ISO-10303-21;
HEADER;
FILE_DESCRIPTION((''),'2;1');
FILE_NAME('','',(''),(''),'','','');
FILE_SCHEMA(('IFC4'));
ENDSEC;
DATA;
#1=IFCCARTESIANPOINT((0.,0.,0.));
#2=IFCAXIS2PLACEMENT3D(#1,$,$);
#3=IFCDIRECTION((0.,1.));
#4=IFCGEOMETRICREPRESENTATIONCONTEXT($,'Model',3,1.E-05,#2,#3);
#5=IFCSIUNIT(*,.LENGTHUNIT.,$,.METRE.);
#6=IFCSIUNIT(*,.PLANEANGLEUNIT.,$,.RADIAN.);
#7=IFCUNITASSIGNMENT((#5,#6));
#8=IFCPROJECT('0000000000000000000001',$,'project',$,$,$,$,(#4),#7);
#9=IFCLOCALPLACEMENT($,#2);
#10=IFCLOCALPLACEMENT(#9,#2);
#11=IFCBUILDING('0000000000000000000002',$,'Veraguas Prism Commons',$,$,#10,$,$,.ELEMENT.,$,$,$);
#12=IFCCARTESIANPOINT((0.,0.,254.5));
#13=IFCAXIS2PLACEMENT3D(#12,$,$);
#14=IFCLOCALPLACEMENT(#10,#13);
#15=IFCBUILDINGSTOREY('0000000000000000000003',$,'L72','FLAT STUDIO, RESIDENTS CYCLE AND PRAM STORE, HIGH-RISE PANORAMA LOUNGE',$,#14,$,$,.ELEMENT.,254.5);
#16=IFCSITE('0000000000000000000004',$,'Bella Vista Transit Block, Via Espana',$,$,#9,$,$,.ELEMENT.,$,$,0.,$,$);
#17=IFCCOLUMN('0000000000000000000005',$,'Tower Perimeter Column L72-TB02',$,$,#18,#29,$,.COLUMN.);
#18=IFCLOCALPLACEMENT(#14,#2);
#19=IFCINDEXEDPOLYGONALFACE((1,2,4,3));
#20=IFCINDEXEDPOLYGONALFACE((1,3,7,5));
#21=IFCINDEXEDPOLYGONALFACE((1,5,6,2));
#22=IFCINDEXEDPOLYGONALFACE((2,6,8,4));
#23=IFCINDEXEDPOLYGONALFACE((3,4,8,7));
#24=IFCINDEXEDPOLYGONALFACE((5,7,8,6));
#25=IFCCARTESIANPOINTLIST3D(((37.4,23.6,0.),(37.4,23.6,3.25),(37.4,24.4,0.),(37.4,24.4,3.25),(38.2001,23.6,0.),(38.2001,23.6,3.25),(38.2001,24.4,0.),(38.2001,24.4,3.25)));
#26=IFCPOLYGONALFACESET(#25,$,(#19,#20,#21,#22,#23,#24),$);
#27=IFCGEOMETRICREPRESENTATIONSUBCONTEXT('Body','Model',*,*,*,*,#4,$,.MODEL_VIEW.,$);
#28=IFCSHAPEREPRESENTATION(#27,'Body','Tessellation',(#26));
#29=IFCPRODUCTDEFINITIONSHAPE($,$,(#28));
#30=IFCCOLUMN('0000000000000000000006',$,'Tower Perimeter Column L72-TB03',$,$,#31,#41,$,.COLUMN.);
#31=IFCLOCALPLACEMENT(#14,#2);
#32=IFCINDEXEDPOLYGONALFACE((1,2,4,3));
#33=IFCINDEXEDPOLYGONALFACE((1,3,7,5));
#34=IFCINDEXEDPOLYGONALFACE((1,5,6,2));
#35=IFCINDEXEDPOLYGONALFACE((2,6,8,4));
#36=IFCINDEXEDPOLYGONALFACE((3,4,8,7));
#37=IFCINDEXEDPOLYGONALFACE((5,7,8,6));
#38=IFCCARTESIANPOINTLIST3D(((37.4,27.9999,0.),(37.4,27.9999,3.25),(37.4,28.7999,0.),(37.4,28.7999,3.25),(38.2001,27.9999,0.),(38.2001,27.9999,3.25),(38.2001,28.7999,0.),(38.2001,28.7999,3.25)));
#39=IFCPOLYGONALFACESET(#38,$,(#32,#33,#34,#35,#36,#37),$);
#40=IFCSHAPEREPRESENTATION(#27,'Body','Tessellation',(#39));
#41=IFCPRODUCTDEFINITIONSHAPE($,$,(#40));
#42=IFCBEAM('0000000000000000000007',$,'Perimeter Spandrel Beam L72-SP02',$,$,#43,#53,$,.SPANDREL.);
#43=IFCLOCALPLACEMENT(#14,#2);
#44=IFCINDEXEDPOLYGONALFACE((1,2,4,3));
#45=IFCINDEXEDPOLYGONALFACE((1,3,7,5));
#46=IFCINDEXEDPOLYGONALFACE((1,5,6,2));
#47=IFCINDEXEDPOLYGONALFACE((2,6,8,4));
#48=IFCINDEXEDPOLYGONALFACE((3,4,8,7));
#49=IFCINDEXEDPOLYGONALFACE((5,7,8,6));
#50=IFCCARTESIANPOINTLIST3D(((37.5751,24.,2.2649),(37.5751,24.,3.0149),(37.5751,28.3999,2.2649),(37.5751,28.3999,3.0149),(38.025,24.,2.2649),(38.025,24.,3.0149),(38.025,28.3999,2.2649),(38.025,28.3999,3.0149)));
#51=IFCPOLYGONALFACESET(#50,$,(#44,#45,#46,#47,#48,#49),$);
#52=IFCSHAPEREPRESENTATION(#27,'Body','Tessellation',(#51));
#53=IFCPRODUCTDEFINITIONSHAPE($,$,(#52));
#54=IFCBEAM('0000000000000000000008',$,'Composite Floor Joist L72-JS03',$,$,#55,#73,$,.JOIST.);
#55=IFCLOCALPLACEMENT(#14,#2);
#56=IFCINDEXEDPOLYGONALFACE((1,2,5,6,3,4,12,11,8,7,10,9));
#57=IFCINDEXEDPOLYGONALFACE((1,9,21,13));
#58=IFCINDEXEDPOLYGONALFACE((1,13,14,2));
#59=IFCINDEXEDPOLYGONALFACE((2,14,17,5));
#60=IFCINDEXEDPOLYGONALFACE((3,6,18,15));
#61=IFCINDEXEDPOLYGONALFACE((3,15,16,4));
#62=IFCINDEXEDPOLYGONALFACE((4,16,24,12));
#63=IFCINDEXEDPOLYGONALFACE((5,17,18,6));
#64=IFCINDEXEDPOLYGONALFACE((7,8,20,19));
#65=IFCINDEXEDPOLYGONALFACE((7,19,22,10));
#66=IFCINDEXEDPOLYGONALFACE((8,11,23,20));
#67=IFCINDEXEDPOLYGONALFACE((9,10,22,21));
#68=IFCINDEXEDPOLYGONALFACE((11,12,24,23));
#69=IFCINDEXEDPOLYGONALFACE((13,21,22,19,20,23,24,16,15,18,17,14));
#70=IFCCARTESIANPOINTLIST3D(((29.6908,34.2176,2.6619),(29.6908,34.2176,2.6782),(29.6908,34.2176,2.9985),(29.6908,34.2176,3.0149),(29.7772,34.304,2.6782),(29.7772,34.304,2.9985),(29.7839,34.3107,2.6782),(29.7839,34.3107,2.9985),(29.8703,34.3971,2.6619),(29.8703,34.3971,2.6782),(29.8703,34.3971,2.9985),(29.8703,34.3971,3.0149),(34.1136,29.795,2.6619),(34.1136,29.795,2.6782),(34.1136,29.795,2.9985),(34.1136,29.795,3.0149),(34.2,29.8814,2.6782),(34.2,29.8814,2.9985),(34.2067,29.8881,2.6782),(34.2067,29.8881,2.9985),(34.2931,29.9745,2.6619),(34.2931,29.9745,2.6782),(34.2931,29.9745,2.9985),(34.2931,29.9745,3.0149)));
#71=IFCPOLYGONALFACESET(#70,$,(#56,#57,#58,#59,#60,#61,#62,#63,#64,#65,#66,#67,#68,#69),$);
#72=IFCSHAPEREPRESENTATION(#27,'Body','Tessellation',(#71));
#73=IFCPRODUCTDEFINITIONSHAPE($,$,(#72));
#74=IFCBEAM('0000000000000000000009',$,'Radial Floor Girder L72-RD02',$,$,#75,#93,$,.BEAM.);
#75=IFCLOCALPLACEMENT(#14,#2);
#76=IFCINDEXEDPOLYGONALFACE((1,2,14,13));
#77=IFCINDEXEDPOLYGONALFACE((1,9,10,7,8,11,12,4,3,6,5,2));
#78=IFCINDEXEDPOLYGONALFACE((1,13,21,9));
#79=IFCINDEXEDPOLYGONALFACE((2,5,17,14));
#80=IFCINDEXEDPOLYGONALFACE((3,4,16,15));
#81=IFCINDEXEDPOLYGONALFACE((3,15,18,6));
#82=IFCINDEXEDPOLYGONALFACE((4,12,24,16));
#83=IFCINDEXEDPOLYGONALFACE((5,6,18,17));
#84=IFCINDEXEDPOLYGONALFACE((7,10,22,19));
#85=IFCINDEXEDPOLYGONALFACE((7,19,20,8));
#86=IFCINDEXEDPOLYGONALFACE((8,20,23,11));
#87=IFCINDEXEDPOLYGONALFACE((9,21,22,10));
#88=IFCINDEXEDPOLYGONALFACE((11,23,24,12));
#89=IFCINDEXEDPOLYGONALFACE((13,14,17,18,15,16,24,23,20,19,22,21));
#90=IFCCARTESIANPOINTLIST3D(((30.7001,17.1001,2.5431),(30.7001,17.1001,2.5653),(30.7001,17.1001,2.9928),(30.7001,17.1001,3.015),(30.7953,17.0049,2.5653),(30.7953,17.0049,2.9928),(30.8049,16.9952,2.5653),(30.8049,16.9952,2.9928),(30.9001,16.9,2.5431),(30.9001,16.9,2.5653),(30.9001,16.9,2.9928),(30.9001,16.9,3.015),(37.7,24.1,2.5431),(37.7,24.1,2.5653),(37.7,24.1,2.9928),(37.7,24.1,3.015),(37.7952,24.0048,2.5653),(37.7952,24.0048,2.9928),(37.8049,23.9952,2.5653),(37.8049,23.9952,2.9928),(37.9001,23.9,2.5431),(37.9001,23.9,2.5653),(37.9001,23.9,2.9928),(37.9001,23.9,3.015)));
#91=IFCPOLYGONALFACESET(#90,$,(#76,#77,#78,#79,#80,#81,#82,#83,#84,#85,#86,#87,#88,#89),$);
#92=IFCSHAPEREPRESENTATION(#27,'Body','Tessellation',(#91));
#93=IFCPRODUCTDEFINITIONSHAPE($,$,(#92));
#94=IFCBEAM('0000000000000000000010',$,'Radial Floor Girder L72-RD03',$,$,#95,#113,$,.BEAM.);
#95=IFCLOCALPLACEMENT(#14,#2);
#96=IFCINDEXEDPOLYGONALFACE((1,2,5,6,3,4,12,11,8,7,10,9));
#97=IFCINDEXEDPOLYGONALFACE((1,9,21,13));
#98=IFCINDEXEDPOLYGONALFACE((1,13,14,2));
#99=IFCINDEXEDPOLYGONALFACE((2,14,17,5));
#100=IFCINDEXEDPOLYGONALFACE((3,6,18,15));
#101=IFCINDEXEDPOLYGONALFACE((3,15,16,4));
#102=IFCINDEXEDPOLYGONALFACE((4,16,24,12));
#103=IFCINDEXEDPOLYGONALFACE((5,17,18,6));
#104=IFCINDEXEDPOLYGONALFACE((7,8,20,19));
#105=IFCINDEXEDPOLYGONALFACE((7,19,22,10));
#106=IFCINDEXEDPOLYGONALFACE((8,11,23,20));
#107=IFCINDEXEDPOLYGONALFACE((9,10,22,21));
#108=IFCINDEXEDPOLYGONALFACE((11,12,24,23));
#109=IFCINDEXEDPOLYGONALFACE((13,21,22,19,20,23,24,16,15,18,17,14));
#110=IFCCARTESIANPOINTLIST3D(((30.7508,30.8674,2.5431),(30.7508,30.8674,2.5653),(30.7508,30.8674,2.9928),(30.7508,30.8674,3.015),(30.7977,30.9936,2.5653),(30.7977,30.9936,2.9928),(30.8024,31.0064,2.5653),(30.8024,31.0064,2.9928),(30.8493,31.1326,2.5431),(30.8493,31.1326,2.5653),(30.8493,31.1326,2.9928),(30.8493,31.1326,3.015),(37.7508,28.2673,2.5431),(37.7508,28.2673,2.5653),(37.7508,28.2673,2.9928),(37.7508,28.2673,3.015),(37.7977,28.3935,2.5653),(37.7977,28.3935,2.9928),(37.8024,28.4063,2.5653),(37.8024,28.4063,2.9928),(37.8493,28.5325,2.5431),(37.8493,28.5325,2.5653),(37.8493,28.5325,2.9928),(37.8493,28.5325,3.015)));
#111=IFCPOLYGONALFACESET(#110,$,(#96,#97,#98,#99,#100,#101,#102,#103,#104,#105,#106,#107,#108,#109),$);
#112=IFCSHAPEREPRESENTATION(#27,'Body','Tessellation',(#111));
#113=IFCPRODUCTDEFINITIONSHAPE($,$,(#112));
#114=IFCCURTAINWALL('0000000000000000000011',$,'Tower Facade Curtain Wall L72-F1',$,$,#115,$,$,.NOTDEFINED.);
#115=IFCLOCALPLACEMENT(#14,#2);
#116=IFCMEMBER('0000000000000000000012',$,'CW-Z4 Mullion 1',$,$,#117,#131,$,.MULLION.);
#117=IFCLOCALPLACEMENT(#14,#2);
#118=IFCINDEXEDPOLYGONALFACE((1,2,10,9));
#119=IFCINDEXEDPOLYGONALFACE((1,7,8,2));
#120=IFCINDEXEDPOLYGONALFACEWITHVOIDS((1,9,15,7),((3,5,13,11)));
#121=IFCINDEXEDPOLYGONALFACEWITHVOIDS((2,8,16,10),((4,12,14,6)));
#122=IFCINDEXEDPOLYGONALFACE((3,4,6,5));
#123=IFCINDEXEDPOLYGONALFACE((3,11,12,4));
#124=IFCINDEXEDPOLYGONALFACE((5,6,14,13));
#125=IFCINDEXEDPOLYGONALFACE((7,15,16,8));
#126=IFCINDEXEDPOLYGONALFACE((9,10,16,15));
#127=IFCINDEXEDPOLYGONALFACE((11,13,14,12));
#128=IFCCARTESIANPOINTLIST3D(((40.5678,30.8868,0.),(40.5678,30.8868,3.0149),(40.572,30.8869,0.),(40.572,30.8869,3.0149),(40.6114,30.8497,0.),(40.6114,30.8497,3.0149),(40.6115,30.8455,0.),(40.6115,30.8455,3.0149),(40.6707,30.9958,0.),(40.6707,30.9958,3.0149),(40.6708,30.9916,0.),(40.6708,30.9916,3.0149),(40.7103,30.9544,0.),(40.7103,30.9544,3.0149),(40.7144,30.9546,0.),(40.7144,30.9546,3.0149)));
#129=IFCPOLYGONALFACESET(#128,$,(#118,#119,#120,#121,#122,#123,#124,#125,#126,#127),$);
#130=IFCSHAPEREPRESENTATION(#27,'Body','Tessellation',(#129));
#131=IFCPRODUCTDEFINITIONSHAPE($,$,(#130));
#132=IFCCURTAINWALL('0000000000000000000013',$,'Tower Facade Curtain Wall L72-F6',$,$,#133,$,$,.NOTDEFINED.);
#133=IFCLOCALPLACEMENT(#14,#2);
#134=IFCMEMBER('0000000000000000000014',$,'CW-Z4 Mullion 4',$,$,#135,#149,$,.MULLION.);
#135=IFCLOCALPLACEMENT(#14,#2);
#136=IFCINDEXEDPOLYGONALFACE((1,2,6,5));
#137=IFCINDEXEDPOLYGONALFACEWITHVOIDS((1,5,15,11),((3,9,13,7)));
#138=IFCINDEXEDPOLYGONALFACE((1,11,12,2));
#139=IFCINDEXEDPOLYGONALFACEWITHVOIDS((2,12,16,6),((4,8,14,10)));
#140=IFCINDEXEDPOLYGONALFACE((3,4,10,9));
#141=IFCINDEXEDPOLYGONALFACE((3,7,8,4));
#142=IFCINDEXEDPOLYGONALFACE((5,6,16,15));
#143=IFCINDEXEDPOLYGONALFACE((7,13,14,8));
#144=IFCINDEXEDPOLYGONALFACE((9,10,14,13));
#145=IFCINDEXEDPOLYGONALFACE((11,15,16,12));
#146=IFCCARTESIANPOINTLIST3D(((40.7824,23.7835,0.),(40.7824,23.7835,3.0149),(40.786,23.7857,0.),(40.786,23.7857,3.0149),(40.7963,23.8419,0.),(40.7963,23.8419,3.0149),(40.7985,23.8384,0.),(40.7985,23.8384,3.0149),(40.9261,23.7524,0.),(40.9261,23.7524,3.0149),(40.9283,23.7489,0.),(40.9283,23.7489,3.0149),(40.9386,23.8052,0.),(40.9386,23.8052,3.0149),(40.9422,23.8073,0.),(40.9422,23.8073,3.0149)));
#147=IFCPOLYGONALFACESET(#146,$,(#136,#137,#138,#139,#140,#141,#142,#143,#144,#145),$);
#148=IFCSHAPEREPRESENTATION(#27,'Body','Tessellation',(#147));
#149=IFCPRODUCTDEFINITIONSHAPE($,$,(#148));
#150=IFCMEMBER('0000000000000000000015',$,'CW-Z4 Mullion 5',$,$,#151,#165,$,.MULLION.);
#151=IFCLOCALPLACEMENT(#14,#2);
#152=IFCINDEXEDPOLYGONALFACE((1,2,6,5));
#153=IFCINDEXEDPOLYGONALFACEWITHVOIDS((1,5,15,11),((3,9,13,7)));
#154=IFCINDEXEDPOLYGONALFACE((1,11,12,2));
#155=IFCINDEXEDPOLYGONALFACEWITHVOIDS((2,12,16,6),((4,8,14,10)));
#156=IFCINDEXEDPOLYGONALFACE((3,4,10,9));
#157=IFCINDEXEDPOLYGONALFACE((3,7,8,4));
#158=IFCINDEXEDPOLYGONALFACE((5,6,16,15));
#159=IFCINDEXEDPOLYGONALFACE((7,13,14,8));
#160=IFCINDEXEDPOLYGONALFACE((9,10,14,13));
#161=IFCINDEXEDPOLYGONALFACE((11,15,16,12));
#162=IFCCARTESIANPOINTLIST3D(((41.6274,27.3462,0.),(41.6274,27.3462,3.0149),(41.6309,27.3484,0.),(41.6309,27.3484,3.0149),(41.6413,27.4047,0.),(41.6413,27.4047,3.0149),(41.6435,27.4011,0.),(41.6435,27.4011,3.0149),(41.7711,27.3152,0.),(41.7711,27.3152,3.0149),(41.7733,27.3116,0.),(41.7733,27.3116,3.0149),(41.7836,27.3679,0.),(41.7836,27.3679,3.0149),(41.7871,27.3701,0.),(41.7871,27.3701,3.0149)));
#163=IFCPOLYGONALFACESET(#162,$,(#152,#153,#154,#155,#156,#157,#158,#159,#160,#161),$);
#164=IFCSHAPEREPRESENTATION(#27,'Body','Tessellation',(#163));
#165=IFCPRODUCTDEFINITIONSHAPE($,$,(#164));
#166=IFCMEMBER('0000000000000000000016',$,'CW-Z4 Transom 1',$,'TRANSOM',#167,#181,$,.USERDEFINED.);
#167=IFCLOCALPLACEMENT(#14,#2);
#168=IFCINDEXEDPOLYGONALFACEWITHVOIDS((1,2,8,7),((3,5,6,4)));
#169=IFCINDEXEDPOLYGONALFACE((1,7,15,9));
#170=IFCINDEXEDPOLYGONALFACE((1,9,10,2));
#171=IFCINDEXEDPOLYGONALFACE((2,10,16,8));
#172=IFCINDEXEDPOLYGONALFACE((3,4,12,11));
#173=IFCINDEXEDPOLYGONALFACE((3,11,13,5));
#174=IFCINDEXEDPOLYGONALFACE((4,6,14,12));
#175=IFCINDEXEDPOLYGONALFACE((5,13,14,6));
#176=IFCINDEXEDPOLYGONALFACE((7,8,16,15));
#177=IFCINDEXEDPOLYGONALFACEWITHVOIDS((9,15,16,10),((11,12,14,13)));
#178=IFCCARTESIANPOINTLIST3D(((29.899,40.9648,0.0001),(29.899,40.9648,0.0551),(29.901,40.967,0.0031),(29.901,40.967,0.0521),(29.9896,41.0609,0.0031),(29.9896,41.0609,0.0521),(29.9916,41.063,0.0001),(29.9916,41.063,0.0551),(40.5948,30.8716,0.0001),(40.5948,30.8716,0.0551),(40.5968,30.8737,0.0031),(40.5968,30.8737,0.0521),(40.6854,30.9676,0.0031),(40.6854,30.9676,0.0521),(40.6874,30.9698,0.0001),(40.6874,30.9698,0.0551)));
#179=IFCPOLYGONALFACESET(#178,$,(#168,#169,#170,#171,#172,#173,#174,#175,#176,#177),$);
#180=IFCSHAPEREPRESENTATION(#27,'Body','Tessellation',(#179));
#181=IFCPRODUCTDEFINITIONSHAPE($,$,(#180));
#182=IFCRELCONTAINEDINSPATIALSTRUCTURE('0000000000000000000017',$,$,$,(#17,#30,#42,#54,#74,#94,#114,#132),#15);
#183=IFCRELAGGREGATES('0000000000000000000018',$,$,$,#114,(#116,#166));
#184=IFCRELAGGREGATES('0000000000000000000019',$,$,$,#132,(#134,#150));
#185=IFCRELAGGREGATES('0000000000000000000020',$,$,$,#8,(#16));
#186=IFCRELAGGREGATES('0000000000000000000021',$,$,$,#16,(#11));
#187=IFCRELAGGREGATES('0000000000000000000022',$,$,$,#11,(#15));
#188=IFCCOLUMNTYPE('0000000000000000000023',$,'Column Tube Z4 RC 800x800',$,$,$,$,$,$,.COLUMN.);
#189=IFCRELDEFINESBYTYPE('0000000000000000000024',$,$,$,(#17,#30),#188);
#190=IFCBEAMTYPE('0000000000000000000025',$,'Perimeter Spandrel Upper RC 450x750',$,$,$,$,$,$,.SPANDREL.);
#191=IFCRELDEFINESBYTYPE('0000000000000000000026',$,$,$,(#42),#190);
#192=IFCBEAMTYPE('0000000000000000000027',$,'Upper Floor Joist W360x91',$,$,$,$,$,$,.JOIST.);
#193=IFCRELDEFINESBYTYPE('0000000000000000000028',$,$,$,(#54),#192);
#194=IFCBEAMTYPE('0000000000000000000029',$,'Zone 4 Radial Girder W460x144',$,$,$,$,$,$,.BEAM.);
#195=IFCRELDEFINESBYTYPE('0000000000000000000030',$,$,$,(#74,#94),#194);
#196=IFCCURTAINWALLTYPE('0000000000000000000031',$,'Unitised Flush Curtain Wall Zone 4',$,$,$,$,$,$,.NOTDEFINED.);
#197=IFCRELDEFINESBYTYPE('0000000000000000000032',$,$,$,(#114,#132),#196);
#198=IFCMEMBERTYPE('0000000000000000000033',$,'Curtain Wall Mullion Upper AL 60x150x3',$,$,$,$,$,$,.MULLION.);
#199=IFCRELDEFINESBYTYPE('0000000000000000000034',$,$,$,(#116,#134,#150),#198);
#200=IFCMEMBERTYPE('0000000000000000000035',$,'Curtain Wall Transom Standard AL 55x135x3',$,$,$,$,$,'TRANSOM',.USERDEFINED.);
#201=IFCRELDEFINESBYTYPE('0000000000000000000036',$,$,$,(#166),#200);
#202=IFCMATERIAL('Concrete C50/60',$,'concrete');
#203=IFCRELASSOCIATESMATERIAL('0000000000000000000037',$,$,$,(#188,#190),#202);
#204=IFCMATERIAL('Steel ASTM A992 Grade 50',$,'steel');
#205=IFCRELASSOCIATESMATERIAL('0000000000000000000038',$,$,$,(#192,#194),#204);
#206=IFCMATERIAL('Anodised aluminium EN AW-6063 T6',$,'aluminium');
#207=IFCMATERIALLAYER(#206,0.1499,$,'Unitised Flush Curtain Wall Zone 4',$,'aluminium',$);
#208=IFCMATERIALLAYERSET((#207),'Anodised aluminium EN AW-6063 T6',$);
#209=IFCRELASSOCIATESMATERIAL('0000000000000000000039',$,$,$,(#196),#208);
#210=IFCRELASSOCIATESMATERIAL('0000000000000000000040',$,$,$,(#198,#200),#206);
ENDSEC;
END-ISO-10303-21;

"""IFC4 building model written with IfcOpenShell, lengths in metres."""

from ifc_helpers import new_model, si_unit, direction, frame, origin, origin_2d, place, context, subcontext, project, spatial, rectangle, hollow_rectangle, i_section, extrude, source, transform, mapped, material, layer, layer_set, material_profile, profile_set, type_object, element, aggregate, save


model = new_model("IFC4")

# Units and contexts
model_context = context("Model", 3, precision=1e-05, world=origin(), true_north=direction((0.0, 1.0)))
body_context = subcontext(model_context, "Body", "Model", "MODEL_VIEW")
ifc_project = project(units=[si_unit("LENGTHUNIT", "METRE"), si_unit("PLANEANGLEUNIT", "RADIAN")], contexts=[model_context])

# Site, building, storey
site_placement = place(None, origin())
site = spatial("IfcSite", under=ifc_project, at=site_placement, Name="Bella Vista Transit Block, Via Espana", CompositionType="ELEMENT", RefElevation=0.0)
building_placement = place(site_placement, origin())
building = spatial("IfcBuilding", under=site, at=building_placement, Name="Veraguas Prism Commons", CompositionType="ELEMENT")
storey_placement = place(building_placement, frame((0.0, 0.0, 254.5)))
storey = spatial("IfcBuildingStorey", under=building, at=storey_placement, Name="L72", Description="FLAT STUDIO, RESIDENTS CYCLE AND PRAM STORE, HIGH-RISE PANORAMA LOUNGE", CompositionType="ELEMENT", Elevation=254.5)

# Columns
ifc_material_1 = material(Name="Concrete C50/60", Category="concrete")
ifc_material_profile_1 = material_profile(ifc_material_1, rectangle(XDim=0.8, YDim=0.8, at=origin_2d()), Name="RC800X800")
ifc_profile_set_1 = profile_set([ifc_material_profile_1], Name="Concrete C50/60")
column_type = type_object("IfcColumnType", Name="Column Tube Z4 RC 800x800", PredefinedType="COLUMN", material=ifc_profile_set_1)
for number, where, z_axis, x_axis, name in (
    (1, (37.8, 24.0, 0.0), (0.0, 0.0, 1.0), (1.0, 0.0, 0.0), "Tower Perimeter Column L72-TB02"),
    (2, (37.8, 28.3999, 0.0), (0.0, 0.0, 1.0), (1.0, 0.0, 0.0), "Tower Perimeter Column L72-TB03"),
):
    element("IfcColumn", number, at=place(storey_placement, frame(where, z_axis=z_axis, x_axis=x_axis)), inside=storey, type_object=column_type, Name=name, PredefinedType="COLUMN", context=body_context, shape_type="SweptSolid", body=[
        extrude(rectangle(XDim=0.8, YDim=0.8, at=origin_2d()), origin(), (0.0, 0.0, 1.0), 3.25),
    ])

# Beams
ifc_material_profile_2 = material_profile(ifc_material_1, rectangle(XDim=0.45, YDim=0.75, at=origin_2d()), Name="RC450X750")
ifc_profile_set_2 = profile_set([ifc_material_profile_2], Name="Concrete C50/60")
beam_type_1 = type_object("IfcBeamType", Name="Perimeter Spandrel Upper RC 450x750", PredefinedType="SPANDREL", material=ifc_profile_set_2)
beam_1_placement = place(storey_placement, frame((37.8, 24.0, 2.6399), z_axis=(0.0, 1.0, 0.0), x_axis=(-1.0, 0.0, 0.0)))
element("IfcBeam", 3, at=beam_1_placement, inside=storey, type_object=beam_type_1, Name="Perimeter Spandrel Beam L72-SP02", PredefinedType="SPANDREL", context=body_context, shape_type="SweptSolid", body=[
    extrude(rectangle(XDim=0.45, YDim=0.75, at=origin_2d()), origin(), (0.0, 0.0, 1.0), 4.3999),
])
ifc_material_2 = material(Name="Steel ASTM A992 Grade 50", Category="steel")
ifc_material_profile_3 = material_profile(ifc_material_2, i_section(OverallWidth=0.2539, OverallDepth=0.353, WebThickness=0.0095, FlangeThickness=0.0164, at=origin_2d()), Name="W360X91")
ifc_profile_set_3 = profile_set([ifc_material_profile_3], Name="Steel ASTM A992 Grade 50")
beam_type_2 = type_object("IfcBeamType", Name="Upper Floor Joist W360x91", PredefinedType="JOIST", material=ifc_profile_set_3)
beam_2_placement = place(storey_placement, frame((34.2034, 29.8848, 2.8384), z_axis=(-0.707126, 0.707087, 0.0), x_axis=(-0.707087, -0.707126, 0.0)))
element("IfcBeam", 4, at=beam_2_placement, inside=storey, type_object=beam_type_2, Name="Composite Floor Joist L72-JS03", PredefinedType="JOIST", context=body_context, shape_type="SweptSolid", body=[
    extrude(i_section(OverallWidth=0.2539, OverallDepth=0.353, WebThickness=0.0095, FlangeThickness=0.0164, at=origin_2d()), origin(), (0.0, 0.0, 1.0), 6.2546),
])
ifc_material_profile_4 = material_profile(ifc_material_2, i_section(OverallWidth=0.283, OverallDepth=0.4719, WebThickness=0.0137, FlangeThickness=0.0222, at=origin_2d()), Name="W460X144")
ifc_profile_set_4 = profile_set([ifc_material_profile_4], Name="Steel ASTM A992 Grade 50")
beam_type_3 = type_object("IfcBeamType", Name="Zone 4 Radial Girder W460x144", PredefinedType="BEAM", material=ifc_profile_set_4)
beam_3_placement = place(storey_placement, frame((37.8, 24.0, 2.7791), z_axis=(-0.707107, -0.707107, 0.0), x_axis=(0.707107, -0.707107, 0.0)))
element("IfcBeam", 5, at=beam_3_placement, inside=storey, type_object=beam_type_3, Name="Radial Floor Girder L72-RD02", PredefinedType="BEAM", context=body_context, shape_type="SweptSolid", body=[
    extrude(i_section(OverallWidth=0.283, OverallDepth=0.4719, WebThickness=0.0137, FlangeThickness=0.0222, at=origin_2d()), origin(), (0.0, 0.0, 1.0), 9.8994),
])
beam_4_placement = place(storey_placement, frame((37.8, 28.3999, 2.7791), z_axis=(-0.937421, 0.348198, 0.0), x_axis=(-0.348198, -0.937421, 0.0)))
element("IfcBeam", 6, at=beam_4_placement, inside=storey, type_object=beam_type_3, Name="Radial Floor Girder L72-RD03", PredefinedType="BEAM", context=body_context, shape_type="SweptSolid", body=[
    extrude(i_section(OverallWidth=0.283, OverallDepth=0.4719, WebThickness=0.0137, FlangeThickness=0.0222, at=origin_2d()), origin(), (0.0, 0.0, 1.0), 7.4673),
])

# Curtain wall, member
ifc_material_3 = material(Name="Anodised aluminium EN AW-6063 T6", Category="aluminium")
ifc_layer_1 = layer(ifc_material_3, 0.1499, Name="Unitised Flush Curtain Wall Zone 4", Category="aluminium")
ifc_layer_set_1 = layer_set([ifc_layer_1], Name="Anodised aluminium EN AW-6063 T6")
curtain_wall_type = type_object("IfcCurtainWallType", Name="Unitised Flush Curtain Wall Zone 4", PredefinedType="NOTDEFINED", material=ifc_layer_set_1)
curtain_wall_1_placement = place(storey_placement, origin())
curtain_wall_1 = element("IfcCurtainWall", 7, at=curtain_wall_1_placement, inside=storey, type_object=curtain_wall_type, Name="Tower Facade Curtain Wall L72-F1", PredefinedType="NOTDEFINED")
ifc_material_profile_5 = material_profile(ifc_material_3, hollow_rectangle(XDim=0.0601, YDim=0.1499, WallThickness=0.0029, at=origin_2d()), Name="AL60X150X3")
ifc_profile_set_5 = profile_set([ifc_material_profile_5], Name="Anodised aluminium EN AW-6063 T6")
member_type_1 = type_object("IfcMemberType", Name="Curtain Wall Mullion Upper AL 60x150x3", PredefinedType="MULLION", material=ifc_profile_set_5)
shared_shape_1 = source(origin(), body_context, "Body", "SweptSolid", [
    extrude(hollow_rectangle(XDim=0.0601, YDim=0.1499, WallThickness=0.0029, at=origin_2d()), origin(), (0.0, 0.0, 1.0), 3.0149),
])
member_1_placement = place(storey_placement, frame((40.6411, 30.9207, 0.0), z_axis=(0.0, 0.0, 1.0), x_axis=(-0.727296, 0.686324, 0.0)))
member_1 = element("IfcMember", 8, at=member_1_placement, type_object=member_type_1, Name="CW-Z4 Mullion 1", PredefinedType="MULLION", context=body_context, shape_type="MappedRepresentation", body=[
    mapped(shared_shape_1, transform((0.0, 0.0, 0.0), scale=1.0)),
])

# Curtain wall, members
curtain_wall_2_placement = place(storey_placement, origin())
curtain_wall_2 = element("IfcCurtainWall", 9, at=curtain_wall_2_placement, inside=storey, type_object=curtain_wall_type, Name="Tower Facade Curtain Wall L72-F6", PredefinedType="NOTDEFINED")
member_2_placement = place(storey_placement, frame((40.8623, 23.7954, 0.0), z_axis=(0.0, 0.0, 1.0), x_axis=(0.230741, 0.973015, 0.0)))
member_2 = element("IfcMember", 10, at=member_2_placement, type_object=member_type_1, Name="CW-Z4 Mullion 4", PredefinedType="MULLION", context=body_context, shape_type="MappedRepresentation", body=[
    mapped(shared_shape_1, transform((0.0, 0.0, 0.0), scale=1.0)),
])
member_3_placement = place(storey_placement, frame((41.7073, 27.3582, 0.0), z_axis=(0.0, 0.0, 1.0), x_axis=(0.230741, 0.973015, 0.0)))
member_3 = element("IfcMember", 11, at=member_3_placement, type_object=member_type_1, Name="CW-Z4 Mullion 5", PredefinedType="MULLION", context=body_context, shape_type="MappedRepresentation", body=[
    mapped(shared_shape_1, transform((0.0, 0.0, 0.0), scale=1.0)),
])

# Member
ifc_material_profile_6 = material_profile(ifc_material_3, hollow_rectangle(XDim=0.0549, YDim=0.135, WallThickness=0.0029, at=origin_2d()), Name="AL55X135X3")
ifc_profile_set_6 = profile_set([ifc_material_profile_6], Name="Anodised aluminium EN AW-6063 T6")
member_type_2 = type_object("IfcMemberType", Name="Curtain Wall Transom Standard AL 55x135x3", ElementType="TRANSOM", PredefinedType="USERDEFINED", material=ifc_profile_set_6)
shared_shape_2 = source(origin(), body_context, "Body", "SweptSolid", [
    extrude(hollow_rectangle(XDim=0.0549, YDim=0.135, WallThickness=0.0029, at=origin_2d()), origin(), (0.0, 0.0, 1.0), 14.7063),
])
member_4_placement = place(storey_placement, frame((40.6411, 30.9207, 0.0276), z_axis=(-0.727296, 0.686324, 0.0), x_axis=(0.0, 0.0, 1.0)))
member_4 = element("IfcMember", 12, at=member_4_placement, type_object=member_type_2, Name="CW-Z4 Transom 1", ObjectType="TRANSOM", PredefinedType="USERDEFINED", context=body_context, shape_type="MappedRepresentation", body=[
    mapped(shared_shape_2, transform((0.0, 0.0, 0.0), scale=1.0)),
])
aggregate(curtain_wall_1, [member_1, member_4])

aggregate(curtain_wall_2, [member_2, member_3])

save(model, "model.ifc")
